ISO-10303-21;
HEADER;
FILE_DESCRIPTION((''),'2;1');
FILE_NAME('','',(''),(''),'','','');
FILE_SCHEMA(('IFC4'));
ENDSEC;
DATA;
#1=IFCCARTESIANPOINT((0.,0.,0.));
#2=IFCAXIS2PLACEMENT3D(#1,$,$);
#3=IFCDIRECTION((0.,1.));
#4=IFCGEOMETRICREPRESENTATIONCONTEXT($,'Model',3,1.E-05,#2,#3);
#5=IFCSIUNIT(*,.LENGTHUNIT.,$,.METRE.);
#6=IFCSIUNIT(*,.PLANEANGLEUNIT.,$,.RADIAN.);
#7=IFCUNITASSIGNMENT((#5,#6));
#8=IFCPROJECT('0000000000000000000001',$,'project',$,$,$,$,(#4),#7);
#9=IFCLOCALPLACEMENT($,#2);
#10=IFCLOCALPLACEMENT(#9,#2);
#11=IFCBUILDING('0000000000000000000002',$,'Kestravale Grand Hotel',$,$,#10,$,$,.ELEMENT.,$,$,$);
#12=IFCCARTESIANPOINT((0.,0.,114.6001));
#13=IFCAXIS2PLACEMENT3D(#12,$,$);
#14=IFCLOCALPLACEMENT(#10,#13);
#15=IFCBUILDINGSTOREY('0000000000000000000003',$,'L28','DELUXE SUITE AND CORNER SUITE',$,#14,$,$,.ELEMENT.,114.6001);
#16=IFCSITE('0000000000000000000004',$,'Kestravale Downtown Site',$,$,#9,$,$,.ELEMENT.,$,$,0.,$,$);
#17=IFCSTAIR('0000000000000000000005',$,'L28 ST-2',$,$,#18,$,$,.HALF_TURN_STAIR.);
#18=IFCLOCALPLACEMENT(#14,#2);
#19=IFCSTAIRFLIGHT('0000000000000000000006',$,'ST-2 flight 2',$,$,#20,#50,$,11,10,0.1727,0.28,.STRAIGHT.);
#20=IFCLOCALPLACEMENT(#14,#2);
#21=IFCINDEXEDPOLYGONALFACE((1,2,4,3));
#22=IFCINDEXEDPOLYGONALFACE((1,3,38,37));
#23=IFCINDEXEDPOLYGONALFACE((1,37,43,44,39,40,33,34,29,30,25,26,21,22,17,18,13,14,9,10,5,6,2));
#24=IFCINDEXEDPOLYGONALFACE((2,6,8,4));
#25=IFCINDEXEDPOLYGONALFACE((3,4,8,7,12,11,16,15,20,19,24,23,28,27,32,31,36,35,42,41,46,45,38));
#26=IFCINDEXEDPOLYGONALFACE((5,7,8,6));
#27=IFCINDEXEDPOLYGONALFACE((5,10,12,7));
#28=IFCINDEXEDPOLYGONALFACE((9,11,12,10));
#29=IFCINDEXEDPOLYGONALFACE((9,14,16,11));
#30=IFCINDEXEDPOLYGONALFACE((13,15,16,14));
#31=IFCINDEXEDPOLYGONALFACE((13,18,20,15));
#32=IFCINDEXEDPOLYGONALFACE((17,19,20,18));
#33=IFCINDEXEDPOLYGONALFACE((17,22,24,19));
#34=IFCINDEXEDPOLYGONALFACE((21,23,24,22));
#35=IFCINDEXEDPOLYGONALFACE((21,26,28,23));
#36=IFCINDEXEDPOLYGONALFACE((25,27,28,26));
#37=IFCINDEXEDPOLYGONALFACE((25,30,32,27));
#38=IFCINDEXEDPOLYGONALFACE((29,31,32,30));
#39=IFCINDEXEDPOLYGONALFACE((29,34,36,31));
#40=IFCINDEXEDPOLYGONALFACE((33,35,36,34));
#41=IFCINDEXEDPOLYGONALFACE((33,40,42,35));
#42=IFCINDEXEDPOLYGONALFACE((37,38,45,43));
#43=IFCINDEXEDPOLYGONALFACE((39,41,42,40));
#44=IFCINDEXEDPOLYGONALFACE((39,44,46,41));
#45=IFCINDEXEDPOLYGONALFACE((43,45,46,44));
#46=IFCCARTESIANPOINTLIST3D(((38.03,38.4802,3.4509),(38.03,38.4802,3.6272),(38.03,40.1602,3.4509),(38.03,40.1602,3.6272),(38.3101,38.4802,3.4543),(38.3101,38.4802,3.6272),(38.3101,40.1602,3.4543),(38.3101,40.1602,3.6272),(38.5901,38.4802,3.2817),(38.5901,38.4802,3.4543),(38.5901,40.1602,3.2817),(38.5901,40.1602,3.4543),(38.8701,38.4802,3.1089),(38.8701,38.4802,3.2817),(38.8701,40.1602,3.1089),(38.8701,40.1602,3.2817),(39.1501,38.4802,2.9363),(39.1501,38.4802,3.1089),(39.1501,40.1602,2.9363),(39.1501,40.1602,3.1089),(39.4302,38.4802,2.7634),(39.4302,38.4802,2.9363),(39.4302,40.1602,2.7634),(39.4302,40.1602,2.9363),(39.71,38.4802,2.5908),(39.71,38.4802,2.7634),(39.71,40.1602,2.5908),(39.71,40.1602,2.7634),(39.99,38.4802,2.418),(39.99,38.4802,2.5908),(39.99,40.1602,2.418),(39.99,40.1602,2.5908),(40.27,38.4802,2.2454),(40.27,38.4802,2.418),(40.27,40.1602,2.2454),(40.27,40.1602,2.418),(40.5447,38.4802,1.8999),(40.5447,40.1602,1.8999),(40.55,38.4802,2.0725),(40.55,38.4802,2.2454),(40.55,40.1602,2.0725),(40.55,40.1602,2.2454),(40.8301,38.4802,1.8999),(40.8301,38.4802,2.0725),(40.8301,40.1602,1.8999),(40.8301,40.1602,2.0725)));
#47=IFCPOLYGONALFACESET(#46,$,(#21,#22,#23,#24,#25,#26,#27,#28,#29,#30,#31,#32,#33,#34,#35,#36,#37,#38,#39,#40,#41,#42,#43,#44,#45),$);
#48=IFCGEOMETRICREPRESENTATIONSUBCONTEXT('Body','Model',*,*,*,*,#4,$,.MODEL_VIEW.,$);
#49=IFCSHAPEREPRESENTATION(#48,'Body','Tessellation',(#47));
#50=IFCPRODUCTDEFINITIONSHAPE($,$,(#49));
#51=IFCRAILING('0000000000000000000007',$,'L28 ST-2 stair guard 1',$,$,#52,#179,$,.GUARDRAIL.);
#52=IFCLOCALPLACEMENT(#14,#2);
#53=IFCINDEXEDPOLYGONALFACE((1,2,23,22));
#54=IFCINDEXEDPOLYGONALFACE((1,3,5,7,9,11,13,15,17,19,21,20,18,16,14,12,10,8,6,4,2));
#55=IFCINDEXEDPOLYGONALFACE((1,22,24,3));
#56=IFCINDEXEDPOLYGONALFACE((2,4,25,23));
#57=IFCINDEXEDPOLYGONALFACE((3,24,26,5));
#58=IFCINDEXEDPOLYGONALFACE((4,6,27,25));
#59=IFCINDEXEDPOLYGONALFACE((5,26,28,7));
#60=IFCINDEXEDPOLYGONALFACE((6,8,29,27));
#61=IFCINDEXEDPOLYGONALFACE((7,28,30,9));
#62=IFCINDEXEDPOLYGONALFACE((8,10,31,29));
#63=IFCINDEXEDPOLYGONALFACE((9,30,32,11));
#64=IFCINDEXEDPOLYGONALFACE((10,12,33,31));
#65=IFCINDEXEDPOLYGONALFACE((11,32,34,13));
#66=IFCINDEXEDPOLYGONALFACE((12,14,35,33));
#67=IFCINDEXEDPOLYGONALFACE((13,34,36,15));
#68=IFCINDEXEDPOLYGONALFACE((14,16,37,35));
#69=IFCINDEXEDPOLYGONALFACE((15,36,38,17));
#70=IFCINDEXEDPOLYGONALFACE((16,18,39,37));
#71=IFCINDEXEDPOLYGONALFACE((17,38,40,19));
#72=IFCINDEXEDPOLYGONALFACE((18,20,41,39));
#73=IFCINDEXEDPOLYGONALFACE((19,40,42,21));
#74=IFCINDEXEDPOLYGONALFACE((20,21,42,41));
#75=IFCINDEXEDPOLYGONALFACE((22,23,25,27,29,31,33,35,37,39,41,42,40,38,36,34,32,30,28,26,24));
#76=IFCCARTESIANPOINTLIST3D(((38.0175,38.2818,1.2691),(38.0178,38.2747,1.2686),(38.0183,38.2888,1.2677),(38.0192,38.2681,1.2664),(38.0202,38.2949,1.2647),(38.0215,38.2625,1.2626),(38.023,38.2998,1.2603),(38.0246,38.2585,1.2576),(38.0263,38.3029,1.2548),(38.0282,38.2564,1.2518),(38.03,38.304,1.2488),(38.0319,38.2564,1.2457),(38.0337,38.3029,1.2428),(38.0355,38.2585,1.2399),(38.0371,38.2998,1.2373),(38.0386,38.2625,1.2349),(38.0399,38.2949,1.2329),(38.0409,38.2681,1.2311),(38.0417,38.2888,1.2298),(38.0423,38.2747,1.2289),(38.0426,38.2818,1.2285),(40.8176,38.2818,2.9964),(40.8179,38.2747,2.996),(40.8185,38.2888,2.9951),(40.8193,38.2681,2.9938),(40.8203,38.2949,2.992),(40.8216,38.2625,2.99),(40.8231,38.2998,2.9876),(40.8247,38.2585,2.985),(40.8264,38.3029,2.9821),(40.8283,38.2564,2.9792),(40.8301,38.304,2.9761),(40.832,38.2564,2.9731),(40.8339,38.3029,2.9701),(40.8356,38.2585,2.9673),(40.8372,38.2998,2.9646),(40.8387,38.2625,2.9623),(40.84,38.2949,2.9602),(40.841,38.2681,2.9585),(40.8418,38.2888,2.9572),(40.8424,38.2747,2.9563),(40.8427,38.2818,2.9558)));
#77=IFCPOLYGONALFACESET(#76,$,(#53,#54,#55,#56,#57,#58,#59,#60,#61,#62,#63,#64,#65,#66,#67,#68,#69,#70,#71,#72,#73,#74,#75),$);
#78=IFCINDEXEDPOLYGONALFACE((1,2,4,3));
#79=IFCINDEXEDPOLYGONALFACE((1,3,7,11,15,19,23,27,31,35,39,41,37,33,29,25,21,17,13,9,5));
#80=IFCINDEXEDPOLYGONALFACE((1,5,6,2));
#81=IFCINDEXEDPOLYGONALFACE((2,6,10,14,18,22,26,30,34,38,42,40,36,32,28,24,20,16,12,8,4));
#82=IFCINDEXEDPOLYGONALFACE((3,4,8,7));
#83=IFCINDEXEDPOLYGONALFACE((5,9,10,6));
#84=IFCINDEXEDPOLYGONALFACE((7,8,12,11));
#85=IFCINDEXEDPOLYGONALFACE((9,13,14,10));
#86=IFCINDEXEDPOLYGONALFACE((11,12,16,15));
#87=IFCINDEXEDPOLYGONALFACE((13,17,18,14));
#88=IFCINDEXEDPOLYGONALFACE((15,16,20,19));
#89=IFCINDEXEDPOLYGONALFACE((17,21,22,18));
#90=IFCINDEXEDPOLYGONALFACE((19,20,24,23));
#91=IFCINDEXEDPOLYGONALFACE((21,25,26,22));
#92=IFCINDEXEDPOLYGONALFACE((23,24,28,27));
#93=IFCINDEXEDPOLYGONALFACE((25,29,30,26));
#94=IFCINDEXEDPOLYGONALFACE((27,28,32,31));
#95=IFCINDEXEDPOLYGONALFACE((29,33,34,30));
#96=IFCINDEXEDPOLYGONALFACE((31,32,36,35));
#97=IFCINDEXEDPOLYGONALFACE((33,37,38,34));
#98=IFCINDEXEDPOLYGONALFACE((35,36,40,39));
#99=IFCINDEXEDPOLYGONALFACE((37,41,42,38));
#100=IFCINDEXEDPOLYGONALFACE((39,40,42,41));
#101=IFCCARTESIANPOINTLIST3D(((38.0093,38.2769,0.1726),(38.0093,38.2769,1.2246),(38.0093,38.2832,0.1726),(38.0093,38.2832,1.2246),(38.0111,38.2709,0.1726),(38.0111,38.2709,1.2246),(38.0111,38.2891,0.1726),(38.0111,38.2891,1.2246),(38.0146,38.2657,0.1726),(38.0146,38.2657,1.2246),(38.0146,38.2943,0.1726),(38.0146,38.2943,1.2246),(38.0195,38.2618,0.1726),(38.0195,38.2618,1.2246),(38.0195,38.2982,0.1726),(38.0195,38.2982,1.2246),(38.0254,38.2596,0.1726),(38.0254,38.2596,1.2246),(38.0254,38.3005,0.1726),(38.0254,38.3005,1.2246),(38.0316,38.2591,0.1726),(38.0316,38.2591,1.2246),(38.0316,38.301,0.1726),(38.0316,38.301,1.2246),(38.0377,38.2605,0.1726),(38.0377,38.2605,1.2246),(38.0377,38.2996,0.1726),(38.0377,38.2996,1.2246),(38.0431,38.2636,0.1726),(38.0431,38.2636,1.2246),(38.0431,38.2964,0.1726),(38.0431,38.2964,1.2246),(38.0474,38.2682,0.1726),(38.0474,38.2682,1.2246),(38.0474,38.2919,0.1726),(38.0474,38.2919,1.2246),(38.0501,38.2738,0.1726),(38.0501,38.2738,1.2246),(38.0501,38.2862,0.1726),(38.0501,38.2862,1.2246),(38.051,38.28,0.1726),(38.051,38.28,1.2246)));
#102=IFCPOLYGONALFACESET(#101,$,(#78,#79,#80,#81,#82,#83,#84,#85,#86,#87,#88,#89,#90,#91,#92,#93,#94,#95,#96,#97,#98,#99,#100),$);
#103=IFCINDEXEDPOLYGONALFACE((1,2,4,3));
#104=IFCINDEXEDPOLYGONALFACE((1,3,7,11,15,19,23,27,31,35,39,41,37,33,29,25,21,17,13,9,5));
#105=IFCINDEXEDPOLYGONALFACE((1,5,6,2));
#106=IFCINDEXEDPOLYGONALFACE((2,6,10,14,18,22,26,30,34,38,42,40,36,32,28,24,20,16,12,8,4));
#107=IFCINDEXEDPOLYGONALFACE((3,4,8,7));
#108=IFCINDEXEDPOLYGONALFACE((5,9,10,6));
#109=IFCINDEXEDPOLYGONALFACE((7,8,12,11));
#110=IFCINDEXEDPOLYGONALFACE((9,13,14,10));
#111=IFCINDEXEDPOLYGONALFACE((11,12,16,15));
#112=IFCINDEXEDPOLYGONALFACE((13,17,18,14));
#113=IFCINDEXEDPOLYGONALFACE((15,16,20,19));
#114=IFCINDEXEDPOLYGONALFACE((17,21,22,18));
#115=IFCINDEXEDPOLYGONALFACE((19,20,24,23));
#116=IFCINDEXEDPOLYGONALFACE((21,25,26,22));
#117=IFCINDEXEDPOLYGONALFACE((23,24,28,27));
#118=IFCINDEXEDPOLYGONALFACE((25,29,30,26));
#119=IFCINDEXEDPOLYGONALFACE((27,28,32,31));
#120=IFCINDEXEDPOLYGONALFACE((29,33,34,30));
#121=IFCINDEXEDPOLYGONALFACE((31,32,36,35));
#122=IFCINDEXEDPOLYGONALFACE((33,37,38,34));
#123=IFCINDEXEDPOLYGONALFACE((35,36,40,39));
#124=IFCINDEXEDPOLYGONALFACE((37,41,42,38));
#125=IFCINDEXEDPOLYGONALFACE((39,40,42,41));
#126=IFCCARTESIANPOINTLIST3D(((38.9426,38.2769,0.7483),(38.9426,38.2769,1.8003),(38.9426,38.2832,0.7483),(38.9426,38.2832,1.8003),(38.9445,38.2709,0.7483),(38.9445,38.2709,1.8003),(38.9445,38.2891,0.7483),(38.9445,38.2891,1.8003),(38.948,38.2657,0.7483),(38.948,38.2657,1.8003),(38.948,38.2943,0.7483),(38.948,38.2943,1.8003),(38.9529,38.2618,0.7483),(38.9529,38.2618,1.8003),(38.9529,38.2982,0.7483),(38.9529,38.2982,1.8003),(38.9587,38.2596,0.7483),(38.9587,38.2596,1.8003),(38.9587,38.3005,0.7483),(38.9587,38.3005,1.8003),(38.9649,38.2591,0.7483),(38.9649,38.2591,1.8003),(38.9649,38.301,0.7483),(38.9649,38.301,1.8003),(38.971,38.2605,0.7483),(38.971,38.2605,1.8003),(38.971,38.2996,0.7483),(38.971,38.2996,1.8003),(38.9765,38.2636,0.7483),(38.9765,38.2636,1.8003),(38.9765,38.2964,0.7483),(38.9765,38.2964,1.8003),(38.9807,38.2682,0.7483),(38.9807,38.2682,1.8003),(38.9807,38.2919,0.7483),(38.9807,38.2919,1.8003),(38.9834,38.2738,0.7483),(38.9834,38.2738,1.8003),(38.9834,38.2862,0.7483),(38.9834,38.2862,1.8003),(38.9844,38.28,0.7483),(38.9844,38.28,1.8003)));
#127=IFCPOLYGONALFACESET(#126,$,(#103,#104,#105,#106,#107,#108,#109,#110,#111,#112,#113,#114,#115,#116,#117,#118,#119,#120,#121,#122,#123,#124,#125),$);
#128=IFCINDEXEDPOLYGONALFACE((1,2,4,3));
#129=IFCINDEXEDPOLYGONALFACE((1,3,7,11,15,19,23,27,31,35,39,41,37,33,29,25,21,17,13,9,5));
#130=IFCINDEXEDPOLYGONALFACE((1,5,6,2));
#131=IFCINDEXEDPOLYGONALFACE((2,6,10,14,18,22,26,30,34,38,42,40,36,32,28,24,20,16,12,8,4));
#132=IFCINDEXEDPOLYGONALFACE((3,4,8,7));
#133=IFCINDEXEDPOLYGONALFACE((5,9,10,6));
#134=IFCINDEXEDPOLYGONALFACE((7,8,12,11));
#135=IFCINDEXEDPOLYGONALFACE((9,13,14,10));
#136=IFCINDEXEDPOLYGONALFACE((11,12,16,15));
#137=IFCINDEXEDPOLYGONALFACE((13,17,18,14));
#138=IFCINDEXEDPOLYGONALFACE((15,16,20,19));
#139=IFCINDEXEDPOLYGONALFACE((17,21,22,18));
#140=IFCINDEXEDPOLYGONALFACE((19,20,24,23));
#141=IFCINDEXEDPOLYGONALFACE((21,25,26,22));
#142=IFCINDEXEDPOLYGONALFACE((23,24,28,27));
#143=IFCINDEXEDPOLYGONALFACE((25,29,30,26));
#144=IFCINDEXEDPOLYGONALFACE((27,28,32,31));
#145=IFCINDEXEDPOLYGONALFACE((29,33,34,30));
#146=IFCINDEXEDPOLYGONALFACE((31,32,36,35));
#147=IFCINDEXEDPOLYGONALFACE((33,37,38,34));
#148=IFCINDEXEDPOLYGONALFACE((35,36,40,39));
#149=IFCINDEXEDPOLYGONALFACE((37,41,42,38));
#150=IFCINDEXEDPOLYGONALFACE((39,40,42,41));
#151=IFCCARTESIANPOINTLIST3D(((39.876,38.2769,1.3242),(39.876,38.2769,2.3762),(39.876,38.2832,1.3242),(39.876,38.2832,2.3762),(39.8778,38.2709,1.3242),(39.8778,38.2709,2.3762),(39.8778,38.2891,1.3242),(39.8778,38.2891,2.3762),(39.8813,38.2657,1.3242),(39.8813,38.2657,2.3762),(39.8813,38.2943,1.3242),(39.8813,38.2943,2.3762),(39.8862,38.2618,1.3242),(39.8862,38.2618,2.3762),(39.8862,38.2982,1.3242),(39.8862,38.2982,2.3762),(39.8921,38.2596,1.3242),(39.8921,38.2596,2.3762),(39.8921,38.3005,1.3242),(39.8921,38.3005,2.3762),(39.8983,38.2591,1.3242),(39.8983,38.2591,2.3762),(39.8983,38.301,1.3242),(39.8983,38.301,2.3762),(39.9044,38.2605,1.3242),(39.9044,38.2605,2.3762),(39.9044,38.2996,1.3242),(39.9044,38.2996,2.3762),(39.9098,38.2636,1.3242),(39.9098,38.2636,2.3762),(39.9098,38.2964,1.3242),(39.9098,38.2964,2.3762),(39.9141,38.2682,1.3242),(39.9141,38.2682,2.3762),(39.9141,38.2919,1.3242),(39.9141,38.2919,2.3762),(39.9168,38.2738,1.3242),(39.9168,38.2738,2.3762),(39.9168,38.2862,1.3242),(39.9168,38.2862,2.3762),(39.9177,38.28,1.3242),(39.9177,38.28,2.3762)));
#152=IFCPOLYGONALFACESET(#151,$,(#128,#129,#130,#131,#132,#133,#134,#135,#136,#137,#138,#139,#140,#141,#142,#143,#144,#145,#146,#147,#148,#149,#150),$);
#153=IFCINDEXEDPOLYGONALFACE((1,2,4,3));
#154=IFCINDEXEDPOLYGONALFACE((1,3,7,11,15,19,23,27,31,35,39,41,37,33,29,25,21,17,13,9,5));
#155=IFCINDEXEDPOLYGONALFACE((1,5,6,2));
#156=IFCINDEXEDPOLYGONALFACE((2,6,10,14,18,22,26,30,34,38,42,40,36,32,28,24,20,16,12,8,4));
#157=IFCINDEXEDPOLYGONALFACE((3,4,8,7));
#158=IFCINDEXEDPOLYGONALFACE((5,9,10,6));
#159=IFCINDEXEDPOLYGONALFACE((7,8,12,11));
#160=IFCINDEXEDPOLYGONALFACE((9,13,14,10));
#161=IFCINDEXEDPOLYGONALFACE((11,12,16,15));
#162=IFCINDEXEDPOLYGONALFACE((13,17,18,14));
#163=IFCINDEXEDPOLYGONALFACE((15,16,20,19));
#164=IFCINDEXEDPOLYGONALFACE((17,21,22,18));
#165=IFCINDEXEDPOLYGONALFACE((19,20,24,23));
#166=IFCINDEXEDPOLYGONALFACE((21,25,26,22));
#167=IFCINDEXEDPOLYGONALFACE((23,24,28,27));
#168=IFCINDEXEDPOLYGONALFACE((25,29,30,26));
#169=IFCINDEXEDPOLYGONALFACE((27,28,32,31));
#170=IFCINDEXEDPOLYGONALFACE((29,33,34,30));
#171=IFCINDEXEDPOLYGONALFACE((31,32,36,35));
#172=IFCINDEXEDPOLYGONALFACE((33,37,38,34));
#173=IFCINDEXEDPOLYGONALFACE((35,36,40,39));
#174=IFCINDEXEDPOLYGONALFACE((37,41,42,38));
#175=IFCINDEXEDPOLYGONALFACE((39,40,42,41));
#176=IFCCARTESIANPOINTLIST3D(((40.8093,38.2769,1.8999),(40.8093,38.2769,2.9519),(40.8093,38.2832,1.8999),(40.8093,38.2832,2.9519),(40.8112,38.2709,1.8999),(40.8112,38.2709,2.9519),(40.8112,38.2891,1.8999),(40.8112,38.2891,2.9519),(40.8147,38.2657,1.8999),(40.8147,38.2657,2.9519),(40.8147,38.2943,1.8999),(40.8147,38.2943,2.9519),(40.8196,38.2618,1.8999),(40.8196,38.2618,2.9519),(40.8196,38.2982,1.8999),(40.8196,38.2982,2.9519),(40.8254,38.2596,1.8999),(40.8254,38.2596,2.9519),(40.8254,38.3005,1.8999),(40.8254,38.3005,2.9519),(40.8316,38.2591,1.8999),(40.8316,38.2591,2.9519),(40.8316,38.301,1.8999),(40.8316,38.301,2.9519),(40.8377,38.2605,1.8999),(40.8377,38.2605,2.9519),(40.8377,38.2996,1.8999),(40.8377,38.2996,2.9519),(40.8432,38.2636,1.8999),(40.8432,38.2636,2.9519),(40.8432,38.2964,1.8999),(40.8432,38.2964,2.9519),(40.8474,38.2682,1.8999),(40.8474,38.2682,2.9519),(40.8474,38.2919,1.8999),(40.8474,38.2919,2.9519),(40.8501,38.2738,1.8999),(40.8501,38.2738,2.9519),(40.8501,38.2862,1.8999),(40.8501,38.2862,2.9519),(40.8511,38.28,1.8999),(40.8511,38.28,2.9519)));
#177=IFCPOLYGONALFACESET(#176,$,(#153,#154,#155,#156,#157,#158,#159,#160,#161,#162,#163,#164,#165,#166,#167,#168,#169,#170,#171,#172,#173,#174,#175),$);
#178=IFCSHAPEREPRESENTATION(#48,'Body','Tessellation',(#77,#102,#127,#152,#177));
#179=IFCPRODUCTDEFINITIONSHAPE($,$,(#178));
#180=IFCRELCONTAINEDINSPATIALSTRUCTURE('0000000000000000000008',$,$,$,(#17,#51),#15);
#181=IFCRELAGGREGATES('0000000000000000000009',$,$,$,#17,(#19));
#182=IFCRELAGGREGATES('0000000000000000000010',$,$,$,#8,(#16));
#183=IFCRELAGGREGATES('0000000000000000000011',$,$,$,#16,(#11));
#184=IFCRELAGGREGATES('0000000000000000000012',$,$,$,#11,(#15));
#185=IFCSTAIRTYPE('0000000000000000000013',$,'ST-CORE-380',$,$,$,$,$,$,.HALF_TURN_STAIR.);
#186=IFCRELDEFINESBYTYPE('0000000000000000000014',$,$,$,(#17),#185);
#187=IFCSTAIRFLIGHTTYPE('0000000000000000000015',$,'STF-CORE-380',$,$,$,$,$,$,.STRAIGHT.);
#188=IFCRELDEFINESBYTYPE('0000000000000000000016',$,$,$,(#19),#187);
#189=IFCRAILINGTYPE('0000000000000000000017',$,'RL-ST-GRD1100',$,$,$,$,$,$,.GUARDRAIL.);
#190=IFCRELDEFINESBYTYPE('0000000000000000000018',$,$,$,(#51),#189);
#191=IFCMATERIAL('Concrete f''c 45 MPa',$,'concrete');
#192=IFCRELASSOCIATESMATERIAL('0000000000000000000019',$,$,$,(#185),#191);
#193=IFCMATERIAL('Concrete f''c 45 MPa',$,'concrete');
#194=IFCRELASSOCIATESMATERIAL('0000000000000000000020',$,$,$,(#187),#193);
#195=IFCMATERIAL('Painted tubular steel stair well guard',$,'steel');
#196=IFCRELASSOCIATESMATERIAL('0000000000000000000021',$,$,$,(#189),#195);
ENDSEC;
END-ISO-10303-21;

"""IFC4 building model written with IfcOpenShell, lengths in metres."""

from ifc_helpers import new_model, si_unit, direction, frame, origin, origin_2d, place, context, subcontext, project, spatial, polyline, circle, outline, extrude, material, type_object, element, aggregate, save


model = new_model("IFC4")

# Units and contexts
model_context = context("Model", 3, precision=1e-05, world=origin(), true_north=direction((0.0, 1.0)))
body_context = subcontext(model_context, "Body", "Model", "MODEL_VIEW")
ifc_project = project(units=[si_unit("LENGTHUNIT", "METRE"), si_unit("PLANEANGLEUNIT", "RADIAN")], contexts=[model_context])

# Site, building, storey
site_placement = place(None, origin())
site = spatial("IfcSite", under=ifc_project, at=site_placement, Name="Kestravale Downtown Site", CompositionType="ELEMENT", RefElevation=0.0)
building_placement = place(site_placement, origin())
building = spatial("IfcBuilding", under=site, at=building_placement, Name="Kestravale Grand Hotel", CompositionType="ELEMENT")
storey_placement = place(building_placement, frame((0.0, 0.0, 114.6001)))
storey = spatial("IfcBuildingStorey", under=building, at=storey_placement, Name="L28", Description="DELUXE SUITE AND CORNER SUITE", CompositionType="ELEMENT", Elevation=114.6001)

# Stair, stair flight
ifc_material_1 = material(Name="Concrete f'c 45 MPa", Category="concrete")
stair_type = type_object("IfcStairType", Name="ST-CORE-380", PredefinedType="HALF_TURN_STAIR", material=ifc_material_1)
stair_placement = place(storey_placement, origin())
stair = element("IfcStair", 1, at=stair_placement, inside=storey, type_object=stair_type, Name="L28 ST-2", PredefinedType="HALF_TURN_STAIR")
ifc_material_2 = material(Name="Concrete f'c 45 MPa", Category="concrete")
stair_flight_type = type_object("IfcStairFlightType", Name="STF-CORE-380", PredefinedType="STRAIGHT", material=ifc_material_2)
stair_flight_1_placement = place(storey_placement, frame((40.8301, 39.3201, 1.8999), z_axis=(0.0, 0.0, 1.0), x_axis=(-1.0, 0.0, 0.0)))
stair_flight_1 = element("IfcStairFlight", 2, at=stair_flight_1_placement, type_object=stair_flight_type, Name="ST-2 flight 2", NumberOfRisers=11, NumberOfTreads=10, PredefinedType="STRAIGHT", RiserHeight=0.1727, TreadLength=0.28, context=body_context, shape_type="SweptSolid", body=[
    extrude(outline(polyline([(0.0, 0.0), (0.0, 0.1726), (0.28, 0.1726), (0.28, 0.3455), (0.5601, 0.3455), (0.5601, 0.5181), (0.8401, 0.5181), (0.8401, 0.6909), (1.1201, 0.6909), (1.1201, 0.8635), (1.3999, 0.8635), (1.3999, 1.0364), (1.6799, 1.0364), (1.6799, 1.209), (1.96, 1.209), (1.96, 1.3818), (2.24, 1.3818), (2.24, 1.5544), (2.52, 1.5544), (2.52, 1.7273), (2.8, 1.7273), (2.8, 1.8999), (2.8, 1.551), (0.2854, 0.0), (0.0, 0.0)])), frame((0.0, 0.8398, 0.0), z_axis=(0.0, -1.0, 0.0), x_axis=(1.0, 0.0, 0.0)), (0.0, 0.0, 1.0), 1.6799),
])
aggregate(stair, [stair_flight_1])

# Railing
ifc_material_3 = material(Name="Painted tubular steel stair well guard", Category="steel")
railing_type_1 = type_object("IfcRailingType", Name="RL-ST-GRD1100", PredefinedType="GUARDRAIL", material=ifc_material_3)
railing_1_placement = place(storey_placement, frame((38.03, 38.28, 0.1726)))
element("IfcRailing", 3, at=railing_1_placement, inside=storey, type_object=railing_type_1, Name="L28 ST-2 stair guard 1", PredefinedType="GUARDRAIL", context=body_context, shape_type="SweptSolid", body=[
    extrude(circle(Radius=0.0239, at=origin_2d()), frame((0.0, 0.0, 1.0762), z_axis=(0.85109, 0.0, 0.52502), x_axis=(0.0, 1.0, 0.0)), (0.0, 0.0, 1.0), 3.29),
    extrude(circle(Radius=0.021, at=origin_2d()), origin(), (0.0, 0.0, 1.0), 1.052),
    extrude(circle(Radius=0.021, at=origin_2d()), frame((0.9333, 0.0, 0.5757)), (0.0, 0.0, 1.0), 1.052),
    extrude(circle(Radius=0.021, at=origin_2d()), frame((1.8667, 0.0, 1.1516)), (0.0, 0.0, 1.0), 1.052),
    extrude(circle(Radius=0.021, at=origin_2d()), frame((2.8, 0.0, 1.7273)), (0.0, 0.0, 1.0), 1.052),
])

save(model, "model.ifc")
